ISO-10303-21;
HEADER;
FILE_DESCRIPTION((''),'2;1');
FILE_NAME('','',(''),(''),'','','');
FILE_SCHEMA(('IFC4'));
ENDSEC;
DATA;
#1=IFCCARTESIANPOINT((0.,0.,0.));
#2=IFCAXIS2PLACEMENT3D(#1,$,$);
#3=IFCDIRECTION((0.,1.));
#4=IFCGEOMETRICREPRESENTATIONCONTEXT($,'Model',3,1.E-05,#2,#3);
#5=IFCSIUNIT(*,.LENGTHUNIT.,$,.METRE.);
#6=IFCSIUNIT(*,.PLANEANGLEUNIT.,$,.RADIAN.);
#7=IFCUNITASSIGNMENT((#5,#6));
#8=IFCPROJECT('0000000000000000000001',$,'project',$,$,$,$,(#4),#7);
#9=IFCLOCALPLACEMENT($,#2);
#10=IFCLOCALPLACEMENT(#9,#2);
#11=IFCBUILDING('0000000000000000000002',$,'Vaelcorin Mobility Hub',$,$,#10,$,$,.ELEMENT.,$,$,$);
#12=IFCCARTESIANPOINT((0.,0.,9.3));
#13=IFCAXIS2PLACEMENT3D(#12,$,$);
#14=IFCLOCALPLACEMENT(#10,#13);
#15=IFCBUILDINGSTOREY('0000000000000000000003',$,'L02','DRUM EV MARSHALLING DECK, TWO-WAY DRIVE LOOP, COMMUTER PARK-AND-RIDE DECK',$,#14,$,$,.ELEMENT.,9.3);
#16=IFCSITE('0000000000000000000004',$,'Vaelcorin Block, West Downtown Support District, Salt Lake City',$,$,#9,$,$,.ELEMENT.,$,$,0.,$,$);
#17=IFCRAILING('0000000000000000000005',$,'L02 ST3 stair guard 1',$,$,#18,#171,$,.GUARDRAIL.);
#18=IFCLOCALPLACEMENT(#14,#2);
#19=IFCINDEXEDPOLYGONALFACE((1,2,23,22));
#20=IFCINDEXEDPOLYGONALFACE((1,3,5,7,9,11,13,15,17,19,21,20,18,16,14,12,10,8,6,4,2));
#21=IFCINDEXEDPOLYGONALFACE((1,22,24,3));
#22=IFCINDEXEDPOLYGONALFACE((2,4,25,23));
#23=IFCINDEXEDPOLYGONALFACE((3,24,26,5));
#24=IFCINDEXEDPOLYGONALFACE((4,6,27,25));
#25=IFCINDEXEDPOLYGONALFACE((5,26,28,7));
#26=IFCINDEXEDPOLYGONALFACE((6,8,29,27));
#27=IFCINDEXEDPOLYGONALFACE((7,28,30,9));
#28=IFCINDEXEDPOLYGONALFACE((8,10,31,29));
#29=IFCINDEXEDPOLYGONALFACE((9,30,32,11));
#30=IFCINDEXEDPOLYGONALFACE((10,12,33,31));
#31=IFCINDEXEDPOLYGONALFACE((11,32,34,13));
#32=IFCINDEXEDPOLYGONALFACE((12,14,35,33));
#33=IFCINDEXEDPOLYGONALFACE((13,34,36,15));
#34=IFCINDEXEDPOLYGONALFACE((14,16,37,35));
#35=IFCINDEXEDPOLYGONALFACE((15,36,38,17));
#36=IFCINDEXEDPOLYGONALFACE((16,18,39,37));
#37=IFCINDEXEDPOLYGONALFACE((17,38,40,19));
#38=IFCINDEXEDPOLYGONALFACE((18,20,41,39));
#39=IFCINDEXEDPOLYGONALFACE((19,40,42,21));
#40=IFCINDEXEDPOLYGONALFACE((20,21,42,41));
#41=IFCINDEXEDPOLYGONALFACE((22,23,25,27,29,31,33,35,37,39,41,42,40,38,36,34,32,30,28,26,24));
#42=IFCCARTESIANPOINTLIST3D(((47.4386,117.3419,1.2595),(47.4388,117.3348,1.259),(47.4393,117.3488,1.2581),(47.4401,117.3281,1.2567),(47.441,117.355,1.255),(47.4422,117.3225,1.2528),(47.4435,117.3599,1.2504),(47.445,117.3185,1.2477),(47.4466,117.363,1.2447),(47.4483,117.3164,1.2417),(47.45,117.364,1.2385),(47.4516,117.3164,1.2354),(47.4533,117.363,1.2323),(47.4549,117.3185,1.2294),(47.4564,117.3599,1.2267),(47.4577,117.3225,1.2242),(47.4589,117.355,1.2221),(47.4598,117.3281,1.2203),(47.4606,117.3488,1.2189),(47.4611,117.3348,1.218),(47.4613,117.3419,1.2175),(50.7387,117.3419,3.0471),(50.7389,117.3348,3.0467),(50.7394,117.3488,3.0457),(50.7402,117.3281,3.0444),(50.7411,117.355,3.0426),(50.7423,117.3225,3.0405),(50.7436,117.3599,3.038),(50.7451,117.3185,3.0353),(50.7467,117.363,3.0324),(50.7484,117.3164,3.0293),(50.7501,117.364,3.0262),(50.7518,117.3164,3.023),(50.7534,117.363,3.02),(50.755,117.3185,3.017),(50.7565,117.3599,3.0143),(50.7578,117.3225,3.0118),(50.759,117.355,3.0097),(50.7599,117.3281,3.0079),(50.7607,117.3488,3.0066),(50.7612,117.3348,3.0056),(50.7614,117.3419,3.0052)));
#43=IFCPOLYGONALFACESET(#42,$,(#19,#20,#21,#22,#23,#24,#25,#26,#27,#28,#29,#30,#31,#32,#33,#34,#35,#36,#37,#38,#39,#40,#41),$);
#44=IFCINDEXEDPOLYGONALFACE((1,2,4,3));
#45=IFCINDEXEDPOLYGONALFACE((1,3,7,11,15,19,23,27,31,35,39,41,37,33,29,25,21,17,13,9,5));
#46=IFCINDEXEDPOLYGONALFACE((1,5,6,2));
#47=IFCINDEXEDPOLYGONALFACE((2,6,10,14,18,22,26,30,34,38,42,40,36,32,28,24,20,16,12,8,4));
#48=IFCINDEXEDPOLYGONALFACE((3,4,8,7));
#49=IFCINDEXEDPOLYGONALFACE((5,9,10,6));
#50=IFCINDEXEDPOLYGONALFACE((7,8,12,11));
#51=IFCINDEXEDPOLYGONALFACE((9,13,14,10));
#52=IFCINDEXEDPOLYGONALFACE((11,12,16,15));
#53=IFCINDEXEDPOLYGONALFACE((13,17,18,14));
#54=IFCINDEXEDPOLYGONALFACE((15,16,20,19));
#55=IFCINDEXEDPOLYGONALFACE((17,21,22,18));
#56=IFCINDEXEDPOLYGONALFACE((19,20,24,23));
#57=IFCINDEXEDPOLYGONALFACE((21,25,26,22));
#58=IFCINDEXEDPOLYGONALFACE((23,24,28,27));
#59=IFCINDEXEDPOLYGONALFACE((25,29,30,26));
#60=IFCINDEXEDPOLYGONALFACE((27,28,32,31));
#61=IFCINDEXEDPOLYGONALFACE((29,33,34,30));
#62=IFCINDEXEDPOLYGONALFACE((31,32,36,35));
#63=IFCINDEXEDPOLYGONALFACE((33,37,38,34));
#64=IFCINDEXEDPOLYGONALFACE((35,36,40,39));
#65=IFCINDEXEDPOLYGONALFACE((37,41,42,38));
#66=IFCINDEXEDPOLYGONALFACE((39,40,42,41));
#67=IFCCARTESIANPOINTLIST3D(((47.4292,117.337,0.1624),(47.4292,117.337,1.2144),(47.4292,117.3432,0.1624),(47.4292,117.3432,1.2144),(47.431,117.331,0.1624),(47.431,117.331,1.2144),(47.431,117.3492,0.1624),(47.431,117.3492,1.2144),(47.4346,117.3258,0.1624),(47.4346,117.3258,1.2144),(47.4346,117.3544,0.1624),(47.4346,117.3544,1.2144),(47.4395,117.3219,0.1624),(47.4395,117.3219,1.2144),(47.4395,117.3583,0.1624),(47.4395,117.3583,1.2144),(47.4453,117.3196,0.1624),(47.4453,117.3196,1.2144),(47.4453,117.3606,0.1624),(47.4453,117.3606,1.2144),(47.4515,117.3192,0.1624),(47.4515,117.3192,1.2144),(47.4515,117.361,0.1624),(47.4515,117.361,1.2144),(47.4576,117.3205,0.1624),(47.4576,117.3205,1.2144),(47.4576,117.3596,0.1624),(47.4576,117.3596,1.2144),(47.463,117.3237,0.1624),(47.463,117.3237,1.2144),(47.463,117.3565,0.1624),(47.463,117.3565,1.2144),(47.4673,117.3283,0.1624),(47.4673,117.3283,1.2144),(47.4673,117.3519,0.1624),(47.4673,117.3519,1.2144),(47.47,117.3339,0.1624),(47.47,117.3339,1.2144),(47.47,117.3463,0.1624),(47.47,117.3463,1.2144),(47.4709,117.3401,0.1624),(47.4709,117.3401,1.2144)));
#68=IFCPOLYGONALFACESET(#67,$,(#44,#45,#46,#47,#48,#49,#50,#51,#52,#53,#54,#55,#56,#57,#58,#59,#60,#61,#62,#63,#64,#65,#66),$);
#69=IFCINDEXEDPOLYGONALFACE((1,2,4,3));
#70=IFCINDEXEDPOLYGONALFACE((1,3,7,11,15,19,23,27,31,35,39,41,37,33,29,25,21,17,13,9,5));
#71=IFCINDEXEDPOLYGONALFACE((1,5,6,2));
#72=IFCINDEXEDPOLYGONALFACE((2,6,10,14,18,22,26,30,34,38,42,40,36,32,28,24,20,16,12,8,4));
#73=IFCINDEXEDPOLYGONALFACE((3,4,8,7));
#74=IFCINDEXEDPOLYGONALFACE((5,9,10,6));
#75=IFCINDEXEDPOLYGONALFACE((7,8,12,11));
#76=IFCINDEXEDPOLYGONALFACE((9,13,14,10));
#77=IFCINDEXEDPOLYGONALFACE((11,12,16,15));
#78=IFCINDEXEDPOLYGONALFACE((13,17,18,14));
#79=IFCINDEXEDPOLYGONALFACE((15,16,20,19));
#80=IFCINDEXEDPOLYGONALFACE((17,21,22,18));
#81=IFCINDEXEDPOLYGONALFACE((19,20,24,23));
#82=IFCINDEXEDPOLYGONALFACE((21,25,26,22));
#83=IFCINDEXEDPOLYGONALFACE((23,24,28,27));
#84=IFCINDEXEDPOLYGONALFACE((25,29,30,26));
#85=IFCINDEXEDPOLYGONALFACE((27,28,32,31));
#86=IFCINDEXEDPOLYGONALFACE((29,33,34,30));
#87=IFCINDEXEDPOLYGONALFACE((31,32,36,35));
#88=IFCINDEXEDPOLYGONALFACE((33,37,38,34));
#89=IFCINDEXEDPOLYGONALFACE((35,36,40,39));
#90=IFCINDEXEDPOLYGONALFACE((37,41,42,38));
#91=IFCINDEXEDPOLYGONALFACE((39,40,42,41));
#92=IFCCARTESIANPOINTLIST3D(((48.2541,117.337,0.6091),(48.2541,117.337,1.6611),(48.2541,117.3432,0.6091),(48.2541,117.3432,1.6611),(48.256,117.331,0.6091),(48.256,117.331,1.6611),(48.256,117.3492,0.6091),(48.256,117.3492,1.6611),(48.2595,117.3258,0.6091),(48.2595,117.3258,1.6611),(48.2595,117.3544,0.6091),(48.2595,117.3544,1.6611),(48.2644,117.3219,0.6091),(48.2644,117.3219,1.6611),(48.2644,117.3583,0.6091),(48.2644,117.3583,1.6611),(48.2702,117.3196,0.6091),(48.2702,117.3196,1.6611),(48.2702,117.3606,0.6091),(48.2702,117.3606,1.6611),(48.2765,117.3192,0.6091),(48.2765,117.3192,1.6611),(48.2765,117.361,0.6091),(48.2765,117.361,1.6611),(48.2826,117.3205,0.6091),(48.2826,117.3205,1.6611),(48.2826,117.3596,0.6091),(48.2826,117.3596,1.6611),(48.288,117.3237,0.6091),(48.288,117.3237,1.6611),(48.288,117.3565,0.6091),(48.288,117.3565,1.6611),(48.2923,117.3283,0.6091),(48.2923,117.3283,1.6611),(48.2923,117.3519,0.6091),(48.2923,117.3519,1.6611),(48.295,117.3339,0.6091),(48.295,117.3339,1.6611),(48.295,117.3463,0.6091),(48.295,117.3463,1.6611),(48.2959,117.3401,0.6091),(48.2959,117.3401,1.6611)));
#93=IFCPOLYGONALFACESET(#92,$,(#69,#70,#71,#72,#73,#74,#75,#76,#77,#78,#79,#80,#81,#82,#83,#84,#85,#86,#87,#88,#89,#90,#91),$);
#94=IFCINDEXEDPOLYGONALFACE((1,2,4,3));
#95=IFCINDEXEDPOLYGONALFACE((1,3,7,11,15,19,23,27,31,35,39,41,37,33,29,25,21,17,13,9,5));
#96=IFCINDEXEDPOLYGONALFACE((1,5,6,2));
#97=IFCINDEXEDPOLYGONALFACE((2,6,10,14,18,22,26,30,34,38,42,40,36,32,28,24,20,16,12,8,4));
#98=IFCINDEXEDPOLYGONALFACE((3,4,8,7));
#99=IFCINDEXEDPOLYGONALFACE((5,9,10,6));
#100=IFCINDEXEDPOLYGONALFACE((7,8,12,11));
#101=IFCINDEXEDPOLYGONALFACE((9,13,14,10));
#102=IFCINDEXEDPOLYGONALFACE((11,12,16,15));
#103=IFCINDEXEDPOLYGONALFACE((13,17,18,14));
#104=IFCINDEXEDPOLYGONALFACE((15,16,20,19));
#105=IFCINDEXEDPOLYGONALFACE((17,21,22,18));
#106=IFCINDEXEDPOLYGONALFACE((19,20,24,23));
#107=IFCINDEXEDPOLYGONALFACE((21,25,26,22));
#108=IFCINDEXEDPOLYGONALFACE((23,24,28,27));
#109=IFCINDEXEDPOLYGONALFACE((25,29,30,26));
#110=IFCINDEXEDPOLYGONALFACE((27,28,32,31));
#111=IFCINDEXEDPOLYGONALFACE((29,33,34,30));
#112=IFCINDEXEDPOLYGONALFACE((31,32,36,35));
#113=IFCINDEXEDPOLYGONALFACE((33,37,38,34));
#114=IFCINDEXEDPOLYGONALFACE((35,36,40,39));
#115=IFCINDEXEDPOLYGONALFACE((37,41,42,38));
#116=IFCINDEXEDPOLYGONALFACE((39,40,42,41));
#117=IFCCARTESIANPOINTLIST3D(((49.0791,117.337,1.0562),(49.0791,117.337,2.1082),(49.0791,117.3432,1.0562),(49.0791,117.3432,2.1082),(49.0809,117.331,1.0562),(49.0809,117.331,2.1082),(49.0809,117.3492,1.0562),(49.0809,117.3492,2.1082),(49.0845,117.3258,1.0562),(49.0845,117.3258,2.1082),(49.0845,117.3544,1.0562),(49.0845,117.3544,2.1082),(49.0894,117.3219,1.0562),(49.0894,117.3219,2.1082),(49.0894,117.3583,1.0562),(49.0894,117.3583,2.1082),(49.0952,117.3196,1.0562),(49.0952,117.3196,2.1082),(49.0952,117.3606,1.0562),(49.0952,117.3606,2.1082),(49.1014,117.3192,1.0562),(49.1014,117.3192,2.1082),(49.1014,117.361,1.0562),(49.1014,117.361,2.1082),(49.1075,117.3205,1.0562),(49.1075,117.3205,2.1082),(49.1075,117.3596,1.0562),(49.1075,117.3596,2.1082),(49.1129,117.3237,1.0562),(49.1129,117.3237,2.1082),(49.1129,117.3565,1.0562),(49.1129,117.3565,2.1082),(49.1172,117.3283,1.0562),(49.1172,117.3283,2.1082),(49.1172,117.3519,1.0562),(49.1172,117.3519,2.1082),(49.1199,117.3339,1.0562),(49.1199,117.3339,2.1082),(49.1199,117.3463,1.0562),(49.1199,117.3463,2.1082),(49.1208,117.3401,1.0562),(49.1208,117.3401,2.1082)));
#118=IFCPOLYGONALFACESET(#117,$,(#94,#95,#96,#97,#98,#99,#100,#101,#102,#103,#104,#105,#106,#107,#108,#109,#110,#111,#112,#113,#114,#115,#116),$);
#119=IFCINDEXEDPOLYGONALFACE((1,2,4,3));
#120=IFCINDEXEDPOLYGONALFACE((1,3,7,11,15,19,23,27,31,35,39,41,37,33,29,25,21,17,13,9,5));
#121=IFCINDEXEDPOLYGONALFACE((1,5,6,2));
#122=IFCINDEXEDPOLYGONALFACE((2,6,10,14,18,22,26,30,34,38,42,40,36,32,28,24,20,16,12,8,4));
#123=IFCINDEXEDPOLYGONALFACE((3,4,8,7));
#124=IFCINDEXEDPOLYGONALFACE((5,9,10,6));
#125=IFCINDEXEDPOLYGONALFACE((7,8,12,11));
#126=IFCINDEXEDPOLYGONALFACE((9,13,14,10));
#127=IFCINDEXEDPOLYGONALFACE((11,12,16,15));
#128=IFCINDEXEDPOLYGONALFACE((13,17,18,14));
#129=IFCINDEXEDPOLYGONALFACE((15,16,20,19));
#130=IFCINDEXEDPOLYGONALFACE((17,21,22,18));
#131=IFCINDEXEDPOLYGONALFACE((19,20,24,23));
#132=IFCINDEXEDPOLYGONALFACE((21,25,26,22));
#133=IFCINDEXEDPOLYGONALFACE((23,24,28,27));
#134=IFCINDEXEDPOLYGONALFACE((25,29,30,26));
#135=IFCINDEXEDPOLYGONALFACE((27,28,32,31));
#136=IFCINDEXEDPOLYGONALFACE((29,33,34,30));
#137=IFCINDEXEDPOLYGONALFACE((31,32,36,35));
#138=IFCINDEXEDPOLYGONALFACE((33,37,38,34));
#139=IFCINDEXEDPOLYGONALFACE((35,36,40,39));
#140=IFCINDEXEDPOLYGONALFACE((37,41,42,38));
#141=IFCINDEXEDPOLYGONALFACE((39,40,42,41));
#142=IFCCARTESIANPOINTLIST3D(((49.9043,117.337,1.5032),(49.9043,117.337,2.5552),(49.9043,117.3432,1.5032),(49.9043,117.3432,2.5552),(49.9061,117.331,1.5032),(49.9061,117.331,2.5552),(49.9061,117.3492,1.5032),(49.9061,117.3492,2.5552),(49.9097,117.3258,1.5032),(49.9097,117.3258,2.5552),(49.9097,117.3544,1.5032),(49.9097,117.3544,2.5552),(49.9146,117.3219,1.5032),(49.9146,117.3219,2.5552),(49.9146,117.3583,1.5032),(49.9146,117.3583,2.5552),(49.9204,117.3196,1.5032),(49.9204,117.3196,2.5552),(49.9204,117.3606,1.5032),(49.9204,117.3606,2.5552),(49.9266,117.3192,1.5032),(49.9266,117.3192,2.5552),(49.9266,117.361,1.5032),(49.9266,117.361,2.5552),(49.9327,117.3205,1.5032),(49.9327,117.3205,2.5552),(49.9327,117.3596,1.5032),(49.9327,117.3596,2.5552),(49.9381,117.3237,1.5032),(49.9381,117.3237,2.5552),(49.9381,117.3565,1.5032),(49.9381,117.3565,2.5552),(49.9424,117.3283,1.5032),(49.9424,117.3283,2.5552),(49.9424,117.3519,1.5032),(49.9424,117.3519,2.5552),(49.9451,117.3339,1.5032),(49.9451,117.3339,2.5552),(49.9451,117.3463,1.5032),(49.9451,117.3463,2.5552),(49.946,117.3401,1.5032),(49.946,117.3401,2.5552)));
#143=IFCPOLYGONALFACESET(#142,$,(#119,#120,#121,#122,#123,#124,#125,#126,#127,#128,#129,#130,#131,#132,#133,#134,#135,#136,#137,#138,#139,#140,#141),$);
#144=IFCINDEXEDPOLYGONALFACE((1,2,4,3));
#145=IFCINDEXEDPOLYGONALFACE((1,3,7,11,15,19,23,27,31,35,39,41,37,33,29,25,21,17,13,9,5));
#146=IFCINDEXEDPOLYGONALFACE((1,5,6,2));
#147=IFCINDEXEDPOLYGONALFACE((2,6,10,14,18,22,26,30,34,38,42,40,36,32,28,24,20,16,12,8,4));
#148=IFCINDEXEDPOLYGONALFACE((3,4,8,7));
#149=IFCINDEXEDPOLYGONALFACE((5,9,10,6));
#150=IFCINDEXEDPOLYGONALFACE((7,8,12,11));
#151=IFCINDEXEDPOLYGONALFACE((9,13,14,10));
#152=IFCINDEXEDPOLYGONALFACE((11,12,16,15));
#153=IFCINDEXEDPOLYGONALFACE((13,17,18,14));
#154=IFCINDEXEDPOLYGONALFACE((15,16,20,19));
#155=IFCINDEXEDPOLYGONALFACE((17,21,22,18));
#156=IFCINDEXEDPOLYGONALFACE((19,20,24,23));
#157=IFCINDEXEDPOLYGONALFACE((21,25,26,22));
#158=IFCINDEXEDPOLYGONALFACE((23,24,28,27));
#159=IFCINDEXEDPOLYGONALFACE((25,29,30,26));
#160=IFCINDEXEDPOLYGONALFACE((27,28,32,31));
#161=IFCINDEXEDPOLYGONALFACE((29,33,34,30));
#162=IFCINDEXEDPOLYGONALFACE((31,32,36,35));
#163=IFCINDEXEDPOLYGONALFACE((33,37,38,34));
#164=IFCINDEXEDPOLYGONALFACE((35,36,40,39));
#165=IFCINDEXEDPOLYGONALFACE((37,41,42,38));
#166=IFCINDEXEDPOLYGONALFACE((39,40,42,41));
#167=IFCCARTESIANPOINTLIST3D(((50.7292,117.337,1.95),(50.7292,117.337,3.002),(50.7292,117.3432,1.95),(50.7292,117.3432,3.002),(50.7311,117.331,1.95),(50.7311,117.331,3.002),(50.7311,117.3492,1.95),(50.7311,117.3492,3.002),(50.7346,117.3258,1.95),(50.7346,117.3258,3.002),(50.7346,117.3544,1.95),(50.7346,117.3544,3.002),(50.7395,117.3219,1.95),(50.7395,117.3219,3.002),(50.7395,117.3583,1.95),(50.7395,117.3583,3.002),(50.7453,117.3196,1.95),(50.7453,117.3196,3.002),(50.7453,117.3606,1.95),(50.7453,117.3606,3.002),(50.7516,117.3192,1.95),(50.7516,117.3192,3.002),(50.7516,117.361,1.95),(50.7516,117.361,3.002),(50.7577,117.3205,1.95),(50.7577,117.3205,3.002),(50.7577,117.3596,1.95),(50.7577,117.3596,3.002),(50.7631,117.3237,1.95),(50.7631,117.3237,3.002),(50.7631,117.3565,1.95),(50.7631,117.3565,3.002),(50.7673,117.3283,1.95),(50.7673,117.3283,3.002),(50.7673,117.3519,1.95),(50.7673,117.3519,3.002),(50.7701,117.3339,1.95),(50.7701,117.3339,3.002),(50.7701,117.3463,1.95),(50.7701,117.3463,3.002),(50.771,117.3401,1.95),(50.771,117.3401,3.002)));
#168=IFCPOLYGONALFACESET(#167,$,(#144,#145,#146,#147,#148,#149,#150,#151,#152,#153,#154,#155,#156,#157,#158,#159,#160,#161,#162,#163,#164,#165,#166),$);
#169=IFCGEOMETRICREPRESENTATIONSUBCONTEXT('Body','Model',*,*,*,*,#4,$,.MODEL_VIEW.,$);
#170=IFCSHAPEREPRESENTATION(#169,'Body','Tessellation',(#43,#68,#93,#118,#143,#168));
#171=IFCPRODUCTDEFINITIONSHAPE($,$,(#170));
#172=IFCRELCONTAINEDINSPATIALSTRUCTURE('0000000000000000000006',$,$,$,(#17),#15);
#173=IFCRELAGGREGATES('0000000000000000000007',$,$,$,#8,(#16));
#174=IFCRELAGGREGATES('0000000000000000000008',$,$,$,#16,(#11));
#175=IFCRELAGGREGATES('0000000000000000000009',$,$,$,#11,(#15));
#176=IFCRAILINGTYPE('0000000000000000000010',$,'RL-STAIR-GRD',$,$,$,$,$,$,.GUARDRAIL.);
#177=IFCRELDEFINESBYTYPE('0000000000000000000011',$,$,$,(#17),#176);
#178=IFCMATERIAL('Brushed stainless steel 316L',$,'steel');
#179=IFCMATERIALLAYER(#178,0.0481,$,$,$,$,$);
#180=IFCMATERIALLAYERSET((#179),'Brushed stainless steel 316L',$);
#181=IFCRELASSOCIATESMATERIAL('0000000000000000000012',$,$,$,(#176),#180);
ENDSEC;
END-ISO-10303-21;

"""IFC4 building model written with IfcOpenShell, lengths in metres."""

from ifc_helpers import new_model, si_unit, direction, frame, origin, origin_2d, place, context, subcontext, project, spatial, circle, extrude, material, layer, layer_set, type_object, element, save


model = new_model("IFC4")

# Units and contexts
model_context = context("Model", 3, precision=1e-05, world=origin(), true_north=direction((0.0, 1.0)))
body_context = subcontext(model_context, "Body", "Model", "MODEL_VIEW")
ifc_project = project(units=[si_unit("LENGTHUNIT", "METRE"), si_unit("PLANEANGLEUNIT", "RADIAN")], contexts=[model_context])

# Site, building, storey
site_placement = place(None, origin())
site = spatial("IfcSite", under=ifc_project, at=site_placement, Name="Vaelcorin Block, West Downtown Support District, Salt Lake City", CompositionType="ELEMENT", RefElevation=0.0)
building_placement = place(site_placement, origin())
building = spatial("IfcBuilding", under=site, at=building_placement, Name="Vaelcorin Mobility Hub", CompositionType="ELEMENT")
storey_placement = place(building_placement, frame((0.0, 0.0, 9.3)))
storey = spatial("IfcBuildingStorey", under=building, at=storey_placement, Name="L02", Description="DRUM EV MARSHALLING DECK, TWO-WAY DRIVE LOOP, COMMUTER PARK-AND-RIDE DECK", CompositionType="ELEMENT", Elevation=9.3)

# Railing
ifc_material_1 = material(Name="Brushed stainless steel 316L", Category="steel")
ifc_layer_1 = layer(ifc_material_1, 0.0481)
ifc_layer_set_1 = layer_set([ifc_layer_1], Name="Brushed stainless steel 316L")
railing_type_1 = type_object("IfcRailingType", Name="RL-STAIR-GRD", PredefinedType="GUARDRAIL", material=ifc_layer_set_1)
railing_1_placement = place(storey_placement, frame((47.45, 117.3401, 0.1624)))
element("IfcRailing", 1, at=railing_1_placement, inside=storey, type_object=railing_type_1, Name="L02 ST3 stair guard 1", PredefinedType="GUARDRAIL", context=body_context, shape_type="SweptSolid", body=[
    extrude(circle(Radius=0.0239, at=origin_2d()), frame((0.0, 0.0, 1.0762), z_axis=(0.879284, 0.0, 0.476298), x_axis=(0.0, 1.0, 0.0)), (0.0, 0.0, 1.0), 3.7532),
    extrude(circle(Radius=0.021, at=origin_2d()), origin(), (0.0, 0.0, 1.0), 1.052),
    extrude(circle(Radius=0.021, at=origin_2d()), frame((0.825, 0.0, 0.4468)), (0.0, 0.0, 1.0), 1.052),
    extrude(circle(Radius=0.021, at=origin_2d()), frame((1.6499, 0.0, 0.8938)), (0.0, 0.0, 1.0), 1.052),
    extrude(circle(Radius=0.021, at=origin_2d()), frame((2.4751, 0.0, 1.3408)), (0.0, 0.0, 1.0), 1.052),
    extrude(circle(Radius=0.021, at=origin_2d()), frame((3.3, 0.0, 1.7876)), (0.0, 0.0, 1.0), 1.052),
])

save(model, "model.ifc")
